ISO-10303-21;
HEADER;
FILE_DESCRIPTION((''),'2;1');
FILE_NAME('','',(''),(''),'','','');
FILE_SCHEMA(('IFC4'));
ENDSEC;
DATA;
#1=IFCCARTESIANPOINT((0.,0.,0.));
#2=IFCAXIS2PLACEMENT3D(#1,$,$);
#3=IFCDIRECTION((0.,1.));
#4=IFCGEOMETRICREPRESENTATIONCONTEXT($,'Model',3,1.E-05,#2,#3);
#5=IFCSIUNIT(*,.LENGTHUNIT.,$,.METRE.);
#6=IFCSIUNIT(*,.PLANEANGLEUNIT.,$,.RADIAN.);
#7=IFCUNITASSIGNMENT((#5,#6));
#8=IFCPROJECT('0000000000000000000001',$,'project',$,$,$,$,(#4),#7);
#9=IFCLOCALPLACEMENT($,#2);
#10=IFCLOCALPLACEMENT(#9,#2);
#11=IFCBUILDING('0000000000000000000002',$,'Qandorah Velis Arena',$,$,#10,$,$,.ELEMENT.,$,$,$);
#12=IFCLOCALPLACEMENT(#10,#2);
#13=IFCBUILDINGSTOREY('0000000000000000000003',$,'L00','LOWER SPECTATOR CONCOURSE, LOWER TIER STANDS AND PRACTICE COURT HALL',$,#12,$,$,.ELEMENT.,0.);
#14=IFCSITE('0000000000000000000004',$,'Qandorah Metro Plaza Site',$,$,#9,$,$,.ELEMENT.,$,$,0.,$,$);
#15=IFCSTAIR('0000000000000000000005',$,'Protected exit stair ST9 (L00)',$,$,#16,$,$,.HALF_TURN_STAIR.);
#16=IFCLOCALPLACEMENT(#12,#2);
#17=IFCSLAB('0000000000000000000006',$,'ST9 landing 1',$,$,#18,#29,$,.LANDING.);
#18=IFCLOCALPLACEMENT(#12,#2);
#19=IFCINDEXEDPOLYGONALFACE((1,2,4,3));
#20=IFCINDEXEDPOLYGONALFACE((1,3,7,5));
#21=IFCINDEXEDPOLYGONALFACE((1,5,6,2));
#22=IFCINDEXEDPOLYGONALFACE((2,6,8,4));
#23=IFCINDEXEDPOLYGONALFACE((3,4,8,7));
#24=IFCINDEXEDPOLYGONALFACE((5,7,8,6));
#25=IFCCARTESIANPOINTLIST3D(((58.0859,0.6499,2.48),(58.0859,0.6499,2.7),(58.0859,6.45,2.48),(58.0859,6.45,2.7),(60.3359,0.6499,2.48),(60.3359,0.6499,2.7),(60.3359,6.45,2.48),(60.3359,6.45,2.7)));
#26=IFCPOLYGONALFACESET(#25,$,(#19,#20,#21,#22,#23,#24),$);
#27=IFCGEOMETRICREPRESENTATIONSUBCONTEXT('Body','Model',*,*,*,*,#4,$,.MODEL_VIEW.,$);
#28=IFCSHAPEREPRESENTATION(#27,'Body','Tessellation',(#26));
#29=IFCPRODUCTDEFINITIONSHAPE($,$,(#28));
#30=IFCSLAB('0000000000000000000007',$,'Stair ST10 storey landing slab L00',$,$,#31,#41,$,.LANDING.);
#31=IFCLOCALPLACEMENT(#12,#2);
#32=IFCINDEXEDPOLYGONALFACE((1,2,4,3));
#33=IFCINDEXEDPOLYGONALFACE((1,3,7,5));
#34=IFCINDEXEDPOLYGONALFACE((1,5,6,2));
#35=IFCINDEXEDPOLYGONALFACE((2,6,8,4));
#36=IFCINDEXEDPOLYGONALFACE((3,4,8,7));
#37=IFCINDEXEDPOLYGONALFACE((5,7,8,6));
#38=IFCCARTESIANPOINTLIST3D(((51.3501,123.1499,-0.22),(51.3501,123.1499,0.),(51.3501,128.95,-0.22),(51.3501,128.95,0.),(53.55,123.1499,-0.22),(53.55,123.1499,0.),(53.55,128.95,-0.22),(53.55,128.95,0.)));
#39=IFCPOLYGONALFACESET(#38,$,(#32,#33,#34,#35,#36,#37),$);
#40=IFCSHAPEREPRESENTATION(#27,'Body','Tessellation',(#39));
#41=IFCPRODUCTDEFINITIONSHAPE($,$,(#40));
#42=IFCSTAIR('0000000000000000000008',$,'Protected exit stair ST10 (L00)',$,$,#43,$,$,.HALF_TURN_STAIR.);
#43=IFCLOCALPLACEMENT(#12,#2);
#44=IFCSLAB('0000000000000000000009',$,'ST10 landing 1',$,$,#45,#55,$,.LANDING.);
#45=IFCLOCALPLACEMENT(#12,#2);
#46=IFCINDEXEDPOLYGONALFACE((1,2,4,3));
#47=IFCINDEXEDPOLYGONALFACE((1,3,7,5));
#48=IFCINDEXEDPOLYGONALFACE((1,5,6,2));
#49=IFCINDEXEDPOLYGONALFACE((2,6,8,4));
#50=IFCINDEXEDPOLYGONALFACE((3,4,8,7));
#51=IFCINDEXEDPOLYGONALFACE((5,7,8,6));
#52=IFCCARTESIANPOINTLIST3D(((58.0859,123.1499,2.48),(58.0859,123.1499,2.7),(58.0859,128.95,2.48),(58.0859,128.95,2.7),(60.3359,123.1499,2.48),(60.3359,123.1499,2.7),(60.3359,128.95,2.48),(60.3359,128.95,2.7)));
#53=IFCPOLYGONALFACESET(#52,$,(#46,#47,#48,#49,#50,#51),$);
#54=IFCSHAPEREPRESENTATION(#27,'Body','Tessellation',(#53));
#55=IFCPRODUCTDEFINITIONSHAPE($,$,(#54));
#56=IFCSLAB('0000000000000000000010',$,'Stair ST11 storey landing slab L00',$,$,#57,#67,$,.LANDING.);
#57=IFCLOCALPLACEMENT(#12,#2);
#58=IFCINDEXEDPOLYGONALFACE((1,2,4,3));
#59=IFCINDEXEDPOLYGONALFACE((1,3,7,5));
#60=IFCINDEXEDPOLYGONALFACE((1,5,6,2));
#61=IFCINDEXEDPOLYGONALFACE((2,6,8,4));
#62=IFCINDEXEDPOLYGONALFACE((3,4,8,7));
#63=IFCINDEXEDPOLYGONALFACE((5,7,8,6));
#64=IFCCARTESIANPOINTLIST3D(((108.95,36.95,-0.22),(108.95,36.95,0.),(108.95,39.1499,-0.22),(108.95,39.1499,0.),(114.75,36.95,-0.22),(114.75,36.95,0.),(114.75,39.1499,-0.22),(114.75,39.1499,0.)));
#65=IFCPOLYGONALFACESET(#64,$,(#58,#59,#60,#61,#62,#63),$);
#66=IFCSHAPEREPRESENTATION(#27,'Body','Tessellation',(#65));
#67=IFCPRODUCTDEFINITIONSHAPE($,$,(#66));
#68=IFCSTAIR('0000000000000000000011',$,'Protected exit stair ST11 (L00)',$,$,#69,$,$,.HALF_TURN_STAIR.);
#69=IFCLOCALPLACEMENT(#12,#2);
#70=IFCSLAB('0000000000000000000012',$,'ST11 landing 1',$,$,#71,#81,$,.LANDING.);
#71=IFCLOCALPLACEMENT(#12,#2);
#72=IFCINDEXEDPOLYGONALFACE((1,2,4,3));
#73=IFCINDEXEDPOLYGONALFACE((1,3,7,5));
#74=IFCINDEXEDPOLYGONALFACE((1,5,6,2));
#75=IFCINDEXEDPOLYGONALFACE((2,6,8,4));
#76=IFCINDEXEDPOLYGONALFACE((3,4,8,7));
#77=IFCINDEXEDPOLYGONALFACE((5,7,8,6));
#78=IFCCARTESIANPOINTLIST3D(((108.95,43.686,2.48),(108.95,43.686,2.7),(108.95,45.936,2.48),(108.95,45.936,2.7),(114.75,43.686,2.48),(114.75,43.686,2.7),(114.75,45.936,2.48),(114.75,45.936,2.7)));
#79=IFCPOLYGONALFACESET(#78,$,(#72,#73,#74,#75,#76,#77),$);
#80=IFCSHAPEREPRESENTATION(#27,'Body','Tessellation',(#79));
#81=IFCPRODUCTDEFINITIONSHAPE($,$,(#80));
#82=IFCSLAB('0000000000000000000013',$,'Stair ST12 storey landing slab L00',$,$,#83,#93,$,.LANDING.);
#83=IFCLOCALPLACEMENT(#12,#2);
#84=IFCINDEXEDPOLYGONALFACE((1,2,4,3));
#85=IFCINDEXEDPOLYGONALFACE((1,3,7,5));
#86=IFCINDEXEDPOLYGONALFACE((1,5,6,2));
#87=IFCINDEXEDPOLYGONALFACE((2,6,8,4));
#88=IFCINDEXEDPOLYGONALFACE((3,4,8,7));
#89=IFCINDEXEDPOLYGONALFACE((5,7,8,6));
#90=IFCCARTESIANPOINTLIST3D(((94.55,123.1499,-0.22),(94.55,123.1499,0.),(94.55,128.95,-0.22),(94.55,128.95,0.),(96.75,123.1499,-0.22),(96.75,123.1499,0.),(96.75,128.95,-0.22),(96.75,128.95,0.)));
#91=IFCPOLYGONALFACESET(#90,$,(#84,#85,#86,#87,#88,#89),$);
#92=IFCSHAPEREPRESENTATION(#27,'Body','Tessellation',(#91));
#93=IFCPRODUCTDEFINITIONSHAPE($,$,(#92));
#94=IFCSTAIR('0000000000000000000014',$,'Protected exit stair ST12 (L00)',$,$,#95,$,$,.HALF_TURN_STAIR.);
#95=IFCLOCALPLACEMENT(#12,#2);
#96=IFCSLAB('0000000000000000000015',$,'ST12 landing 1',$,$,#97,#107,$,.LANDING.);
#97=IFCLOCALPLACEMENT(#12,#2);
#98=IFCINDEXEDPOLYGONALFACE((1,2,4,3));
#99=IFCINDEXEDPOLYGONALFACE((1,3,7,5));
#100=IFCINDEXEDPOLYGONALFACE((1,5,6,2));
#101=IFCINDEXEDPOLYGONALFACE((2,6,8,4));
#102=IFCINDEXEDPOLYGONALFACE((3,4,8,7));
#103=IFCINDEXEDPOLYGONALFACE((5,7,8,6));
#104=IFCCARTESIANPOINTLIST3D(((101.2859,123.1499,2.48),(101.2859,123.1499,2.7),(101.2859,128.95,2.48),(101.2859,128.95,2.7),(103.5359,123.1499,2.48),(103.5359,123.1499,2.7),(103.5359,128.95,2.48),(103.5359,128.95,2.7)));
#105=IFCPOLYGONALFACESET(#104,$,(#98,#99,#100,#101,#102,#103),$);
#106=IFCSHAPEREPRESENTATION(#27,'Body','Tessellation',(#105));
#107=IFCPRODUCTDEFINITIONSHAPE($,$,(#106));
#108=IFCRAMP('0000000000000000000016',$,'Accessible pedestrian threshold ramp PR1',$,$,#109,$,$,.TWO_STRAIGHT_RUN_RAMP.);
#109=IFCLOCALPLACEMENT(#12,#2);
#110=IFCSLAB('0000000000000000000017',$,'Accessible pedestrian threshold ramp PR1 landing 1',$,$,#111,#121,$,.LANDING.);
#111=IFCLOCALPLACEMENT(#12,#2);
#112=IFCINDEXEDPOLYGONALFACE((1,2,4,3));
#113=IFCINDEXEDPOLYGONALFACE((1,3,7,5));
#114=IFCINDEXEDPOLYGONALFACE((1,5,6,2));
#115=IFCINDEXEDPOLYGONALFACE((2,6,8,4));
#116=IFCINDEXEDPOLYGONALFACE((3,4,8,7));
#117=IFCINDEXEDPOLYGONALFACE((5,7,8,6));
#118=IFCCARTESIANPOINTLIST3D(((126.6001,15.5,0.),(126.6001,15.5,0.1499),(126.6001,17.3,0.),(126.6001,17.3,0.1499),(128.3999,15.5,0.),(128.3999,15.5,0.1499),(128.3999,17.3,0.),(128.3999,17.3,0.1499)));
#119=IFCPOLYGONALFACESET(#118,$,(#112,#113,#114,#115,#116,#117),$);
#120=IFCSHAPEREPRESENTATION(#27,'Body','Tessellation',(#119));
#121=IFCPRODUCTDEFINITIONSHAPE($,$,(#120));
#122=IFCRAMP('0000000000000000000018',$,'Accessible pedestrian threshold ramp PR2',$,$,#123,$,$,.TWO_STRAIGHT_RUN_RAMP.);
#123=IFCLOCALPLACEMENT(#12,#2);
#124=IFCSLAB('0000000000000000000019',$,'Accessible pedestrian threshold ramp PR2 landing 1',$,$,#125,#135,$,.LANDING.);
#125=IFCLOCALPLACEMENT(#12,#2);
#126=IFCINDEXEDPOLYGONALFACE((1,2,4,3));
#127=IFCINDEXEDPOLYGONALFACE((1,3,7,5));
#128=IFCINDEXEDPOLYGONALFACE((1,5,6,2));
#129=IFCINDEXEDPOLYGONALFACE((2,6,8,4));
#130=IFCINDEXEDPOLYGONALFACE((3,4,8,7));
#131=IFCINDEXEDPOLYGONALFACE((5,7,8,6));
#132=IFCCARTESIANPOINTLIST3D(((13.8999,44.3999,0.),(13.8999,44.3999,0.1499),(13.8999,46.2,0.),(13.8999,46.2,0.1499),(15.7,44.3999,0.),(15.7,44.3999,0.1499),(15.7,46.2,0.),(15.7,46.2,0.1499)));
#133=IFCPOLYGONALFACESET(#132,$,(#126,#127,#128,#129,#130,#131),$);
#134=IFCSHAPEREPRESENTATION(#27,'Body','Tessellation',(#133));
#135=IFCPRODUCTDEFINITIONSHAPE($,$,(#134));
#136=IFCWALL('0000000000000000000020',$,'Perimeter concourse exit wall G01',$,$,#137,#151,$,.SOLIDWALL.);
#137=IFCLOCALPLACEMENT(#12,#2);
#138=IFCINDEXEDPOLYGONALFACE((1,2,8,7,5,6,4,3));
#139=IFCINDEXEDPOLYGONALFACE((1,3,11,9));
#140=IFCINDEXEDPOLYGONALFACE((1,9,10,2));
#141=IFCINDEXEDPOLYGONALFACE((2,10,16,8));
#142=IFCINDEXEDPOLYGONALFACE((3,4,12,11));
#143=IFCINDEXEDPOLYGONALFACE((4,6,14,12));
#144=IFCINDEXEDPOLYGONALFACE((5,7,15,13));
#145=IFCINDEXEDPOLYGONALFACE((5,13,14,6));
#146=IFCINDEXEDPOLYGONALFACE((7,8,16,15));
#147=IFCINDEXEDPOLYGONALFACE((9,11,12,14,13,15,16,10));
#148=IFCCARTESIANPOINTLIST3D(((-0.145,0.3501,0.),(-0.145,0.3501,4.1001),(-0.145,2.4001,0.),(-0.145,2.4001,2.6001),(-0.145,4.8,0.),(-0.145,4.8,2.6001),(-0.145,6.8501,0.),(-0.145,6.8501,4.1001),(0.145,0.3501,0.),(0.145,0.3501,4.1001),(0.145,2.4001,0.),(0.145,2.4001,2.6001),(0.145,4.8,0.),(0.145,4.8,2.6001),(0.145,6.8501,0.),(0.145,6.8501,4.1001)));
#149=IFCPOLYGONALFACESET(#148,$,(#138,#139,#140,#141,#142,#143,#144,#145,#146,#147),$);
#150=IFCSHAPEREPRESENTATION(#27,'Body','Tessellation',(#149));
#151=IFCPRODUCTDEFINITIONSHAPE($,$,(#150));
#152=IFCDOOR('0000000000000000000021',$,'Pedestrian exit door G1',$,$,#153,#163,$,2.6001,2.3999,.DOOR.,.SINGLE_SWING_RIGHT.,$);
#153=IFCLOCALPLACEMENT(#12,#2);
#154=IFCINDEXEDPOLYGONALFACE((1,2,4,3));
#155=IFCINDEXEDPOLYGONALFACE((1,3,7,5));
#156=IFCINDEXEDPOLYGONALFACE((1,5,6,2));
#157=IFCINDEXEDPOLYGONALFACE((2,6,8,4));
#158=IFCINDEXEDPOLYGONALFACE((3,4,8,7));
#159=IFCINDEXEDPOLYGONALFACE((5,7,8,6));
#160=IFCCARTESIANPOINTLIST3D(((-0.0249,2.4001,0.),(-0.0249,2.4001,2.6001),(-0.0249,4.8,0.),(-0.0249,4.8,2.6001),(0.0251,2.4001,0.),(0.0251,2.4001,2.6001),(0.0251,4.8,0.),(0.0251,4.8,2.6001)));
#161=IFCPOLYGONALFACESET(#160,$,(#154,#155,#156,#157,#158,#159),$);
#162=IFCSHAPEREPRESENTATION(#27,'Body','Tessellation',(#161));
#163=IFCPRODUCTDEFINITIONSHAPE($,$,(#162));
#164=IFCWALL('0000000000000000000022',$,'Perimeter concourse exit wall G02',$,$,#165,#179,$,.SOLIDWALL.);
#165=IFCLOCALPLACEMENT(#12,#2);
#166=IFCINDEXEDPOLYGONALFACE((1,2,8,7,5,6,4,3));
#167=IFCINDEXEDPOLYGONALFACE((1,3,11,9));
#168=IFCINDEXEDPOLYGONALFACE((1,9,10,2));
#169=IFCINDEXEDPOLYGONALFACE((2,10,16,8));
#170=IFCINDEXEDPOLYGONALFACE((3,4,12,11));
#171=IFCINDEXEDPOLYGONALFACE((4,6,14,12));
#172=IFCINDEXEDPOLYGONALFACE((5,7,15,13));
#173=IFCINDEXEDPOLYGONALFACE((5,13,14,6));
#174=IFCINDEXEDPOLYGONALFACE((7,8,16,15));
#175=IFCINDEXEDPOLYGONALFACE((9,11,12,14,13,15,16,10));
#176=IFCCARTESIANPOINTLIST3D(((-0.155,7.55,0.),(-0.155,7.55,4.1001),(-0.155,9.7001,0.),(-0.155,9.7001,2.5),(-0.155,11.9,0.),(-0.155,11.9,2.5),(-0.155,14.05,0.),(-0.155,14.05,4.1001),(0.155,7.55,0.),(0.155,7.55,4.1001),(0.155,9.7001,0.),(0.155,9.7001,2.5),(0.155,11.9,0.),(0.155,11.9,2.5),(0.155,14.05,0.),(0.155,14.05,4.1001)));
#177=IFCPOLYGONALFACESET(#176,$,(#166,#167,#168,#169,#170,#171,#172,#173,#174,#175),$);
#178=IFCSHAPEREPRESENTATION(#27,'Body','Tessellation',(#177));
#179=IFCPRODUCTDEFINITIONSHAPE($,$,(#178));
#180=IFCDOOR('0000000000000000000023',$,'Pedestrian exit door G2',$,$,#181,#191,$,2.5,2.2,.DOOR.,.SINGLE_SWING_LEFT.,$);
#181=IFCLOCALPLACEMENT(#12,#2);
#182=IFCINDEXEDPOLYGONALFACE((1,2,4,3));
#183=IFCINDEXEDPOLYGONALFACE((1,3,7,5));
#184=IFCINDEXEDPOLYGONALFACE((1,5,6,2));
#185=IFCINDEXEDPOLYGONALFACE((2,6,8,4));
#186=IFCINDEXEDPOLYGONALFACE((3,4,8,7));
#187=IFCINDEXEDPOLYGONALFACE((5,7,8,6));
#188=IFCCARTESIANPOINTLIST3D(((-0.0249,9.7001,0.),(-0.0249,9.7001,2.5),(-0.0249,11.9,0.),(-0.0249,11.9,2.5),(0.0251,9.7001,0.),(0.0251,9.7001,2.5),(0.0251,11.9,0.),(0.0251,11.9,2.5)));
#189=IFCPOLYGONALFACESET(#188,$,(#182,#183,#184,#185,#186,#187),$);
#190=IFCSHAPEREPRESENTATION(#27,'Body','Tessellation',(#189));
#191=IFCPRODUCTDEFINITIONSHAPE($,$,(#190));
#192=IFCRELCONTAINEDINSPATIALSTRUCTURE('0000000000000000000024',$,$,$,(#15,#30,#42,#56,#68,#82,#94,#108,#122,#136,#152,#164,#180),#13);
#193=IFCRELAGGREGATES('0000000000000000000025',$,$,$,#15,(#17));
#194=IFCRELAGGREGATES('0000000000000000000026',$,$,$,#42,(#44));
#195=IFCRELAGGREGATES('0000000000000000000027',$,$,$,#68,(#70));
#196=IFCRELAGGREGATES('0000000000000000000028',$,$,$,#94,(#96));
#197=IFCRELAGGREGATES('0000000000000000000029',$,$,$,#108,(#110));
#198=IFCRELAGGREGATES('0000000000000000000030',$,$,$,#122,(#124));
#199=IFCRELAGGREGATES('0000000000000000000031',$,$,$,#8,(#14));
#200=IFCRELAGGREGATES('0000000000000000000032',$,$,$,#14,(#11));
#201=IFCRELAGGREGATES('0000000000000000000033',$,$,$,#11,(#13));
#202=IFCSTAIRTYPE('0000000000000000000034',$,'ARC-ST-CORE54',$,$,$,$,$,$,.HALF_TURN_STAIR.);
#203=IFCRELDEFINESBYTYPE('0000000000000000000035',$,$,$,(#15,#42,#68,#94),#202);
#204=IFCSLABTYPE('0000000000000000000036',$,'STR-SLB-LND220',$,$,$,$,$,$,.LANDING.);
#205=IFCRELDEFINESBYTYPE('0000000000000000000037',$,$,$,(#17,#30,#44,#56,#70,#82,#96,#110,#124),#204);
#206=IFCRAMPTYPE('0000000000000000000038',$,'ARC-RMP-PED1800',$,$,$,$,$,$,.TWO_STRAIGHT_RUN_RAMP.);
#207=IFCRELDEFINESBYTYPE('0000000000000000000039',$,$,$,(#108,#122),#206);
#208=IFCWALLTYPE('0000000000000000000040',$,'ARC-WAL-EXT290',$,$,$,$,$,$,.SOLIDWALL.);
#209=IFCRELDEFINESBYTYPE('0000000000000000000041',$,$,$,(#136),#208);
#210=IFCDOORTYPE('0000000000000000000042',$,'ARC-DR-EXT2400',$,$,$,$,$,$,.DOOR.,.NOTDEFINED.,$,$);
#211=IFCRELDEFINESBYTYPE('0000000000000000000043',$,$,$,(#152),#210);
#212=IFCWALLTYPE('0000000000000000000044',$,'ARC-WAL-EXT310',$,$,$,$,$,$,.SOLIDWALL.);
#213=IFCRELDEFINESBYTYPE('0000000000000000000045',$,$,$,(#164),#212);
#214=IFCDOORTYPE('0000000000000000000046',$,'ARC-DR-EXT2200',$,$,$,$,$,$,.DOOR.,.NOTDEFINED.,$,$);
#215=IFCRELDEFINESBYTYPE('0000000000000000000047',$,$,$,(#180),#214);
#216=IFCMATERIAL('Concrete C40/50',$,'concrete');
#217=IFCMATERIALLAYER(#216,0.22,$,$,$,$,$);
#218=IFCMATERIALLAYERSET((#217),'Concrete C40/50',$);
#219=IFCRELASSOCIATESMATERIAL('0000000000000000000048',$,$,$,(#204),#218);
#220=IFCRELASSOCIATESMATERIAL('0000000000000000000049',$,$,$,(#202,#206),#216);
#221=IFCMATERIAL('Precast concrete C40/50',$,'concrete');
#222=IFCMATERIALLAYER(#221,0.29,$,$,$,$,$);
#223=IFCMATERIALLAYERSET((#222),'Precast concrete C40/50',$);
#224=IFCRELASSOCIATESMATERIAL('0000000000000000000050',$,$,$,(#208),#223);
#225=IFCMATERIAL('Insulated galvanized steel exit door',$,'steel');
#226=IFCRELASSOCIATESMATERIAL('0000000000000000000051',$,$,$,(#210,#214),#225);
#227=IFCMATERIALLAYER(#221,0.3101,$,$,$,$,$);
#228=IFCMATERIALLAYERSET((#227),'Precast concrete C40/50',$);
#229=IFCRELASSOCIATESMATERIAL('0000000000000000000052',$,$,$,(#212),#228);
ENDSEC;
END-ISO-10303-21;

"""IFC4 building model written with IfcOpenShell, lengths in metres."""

from ifc_helpers import new_model, si_unit, direction, frame, frame_2d, origin, place, context, subcontext, project, spatial, polyline, rectangle, outline, extrude, material, layer, layer_set, type_object, element, fill, aggregate, save


model = new_model("IFC4")

# Units and contexts
model_context = context("Model", 3, precision=1e-05, world=origin(), true_north=direction((0.0, 1.0)))
body_context = subcontext(model_context, "Body", "Model", "MODEL_VIEW")
ifc_project = project(units=[si_unit("LENGTHUNIT", "METRE"), si_unit("PLANEANGLEUNIT", "RADIAN")], contexts=[model_context])

# Site, building, storey
site_placement = place(None, origin())
site = spatial("IfcSite", under=ifc_project, at=site_placement, Name="Qandorah Metro Plaza Site", CompositionType="ELEMENT", RefElevation=0.0)
building_placement = place(site_placement, origin())
building = spatial("IfcBuilding", under=site, at=building_placement, Name="Qandorah Velis Arena", CompositionType="ELEMENT")
storey_placement = place(building_placement, origin())
storey = spatial("IfcBuildingStorey", under=building, at=storey_placement, Name="L00", Description="LOWER SPECTATOR CONCOURSE, LOWER TIER STANDS AND PRACTICE COURT HALL", CompositionType="ELEMENT", Elevation=0.0)

# Shared definitions
ifc_material_1 = material(Name="Concrete C40/50", Category="concrete")

# Shared definitions
ifc_layer_1 = layer(ifc_material_1, 0.22)
ifc_layer_set_1 = layer_set([ifc_layer_1], Name="Concrete C40/50")
slab_type = type_object("IfcSlabType", Name="STR-SLB-LND220", PredefinedType="LANDING", material=ifc_layer_set_1)

# Shared definitions
stair_type = type_object("IfcStairType", Name="ARC-ST-CORE54", PredefinedType="HALF_TURN_STAIR", material=ifc_material_1)

# Stair, slab
stair_1_placement = place(storey_placement, origin())
stair_1 = element("IfcStair", 1, at=stair_1_placement, inside=storey, type_object=stair_type, Name="Protected exit stair ST9 (L00)", PredefinedType="HALF_TURN_STAIR")
slab_1_placement = place(storey_placement, frame((0.0, 0.0, 2.48)))
slab_1 = element("IfcSlab", 2, at=slab_1_placement, type_object=slab_type, Name="ST9 landing 1", PredefinedType="LANDING", context=body_context, shape_type="SweptSolid", body=[
    extrude(outline(polyline([(58.0859, 0.6499), (60.3359, 0.6499), (60.3359, 6.45), (58.0859, 6.45), (58.0859, 0.6499)])), origin(), (0.0, 0.0, 1.0), 0.22),
])
aggregate(stair_1, [slab_1])

# Slab
slab_2_placement = place(storey_placement, frame((0.0, 0.0, -0.22)))
element("IfcSlab", 3, at=slab_2_placement, inside=storey, type_object=slab_type, Name="Stair ST10 storey landing slab L00", PredefinedType="LANDING", context=body_context, shape_type="SweptSolid", body=[
    extrude(outline(polyline([(51.3501, 123.1499), (53.55, 123.1499), (53.55, 128.95), (51.3501, 128.95), (51.3501, 123.1499)])), origin(), (0.0, 0.0, 1.0), 0.22),
])

# Stair, slab
stair_2_placement = place(storey_placement, origin())
stair_2 = element("IfcStair", 4, at=stair_2_placement, inside=storey, type_object=stair_type, Name="Protected exit stair ST10 (L00)", PredefinedType="HALF_TURN_STAIR")
slab_3_placement = place(storey_placement, frame((0.0, 0.0, 2.48)))
slab_3 = element("IfcSlab", 5, at=slab_3_placement, type_object=slab_type, Name="ST10 landing 1", PredefinedType="LANDING", context=body_context, shape_type="SweptSolid", body=[
    extrude(outline(polyline([(58.0859, 123.1499), (60.3359, 123.1499), (60.3359, 128.95), (58.0859, 128.95), (58.0859, 123.1499)])), origin(), (0.0, 0.0, 1.0), 0.22),
])
aggregate(stair_2, [slab_3])

# Slab
slab_4_placement = place(storey_placement, frame((0.0, 0.0, -0.22)))
element("IfcSlab", 6, at=slab_4_placement, inside=storey, type_object=slab_type, Name="Stair ST11 storey landing slab L00", PredefinedType="LANDING", context=body_context, shape_type="SweptSolid", body=[
    extrude(outline(polyline([(108.95, 36.95), (114.75, 36.95), (114.75, 39.1499), (108.95, 39.1499), (108.95, 36.95)])), origin(), (0.0, 0.0, 1.0), 0.22),
])

# Stair, slab
stair_3_placement = place(storey_placement, origin())
stair_3 = element("IfcStair", 7, at=stair_3_placement, inside=storey, type_object=stair_type, Name="Protected exit stair ST11 (L00)", PredefinedType="HALF_TURN_STAIR")
slab_5_placement = place(storey_placement, frame((0.0, 0.0, 2.48)))
slab_5 = element("IfcSlab", 8, at=slab_5_placement, type_object=slab_type, Name="ST11 landing 1", PredefinedType="LANDING", context=body_context, shape_type="SweptSolid", body=[
    extrude(outline(polyline([(108.95, 43.686), (114.75, 43.686), (114.75, 45.936), (108.95, 45.936), (108.95, 43.686)])), origin(), (0.0, 0.0, 1.0), 0.22),
])
aggregate(stair_3, [slab_5])

# Slab
slab_6_placement = place(storey_placement, frame((0.0, 0.0, -0.22)))
element("IfcSlab", 9, at=slab_6_placement, inside=storey, type_object=slab_type, Name="Stair ST12 storey landing slab L00", PredefinedType="LANDING", context=body_context, shape_type="SweptSolid", body=[
    extrude(outline(polyline([(94.55, 123.1499), (96.75, 123.1499), (96.75, 128.95), (94.55, 128.95), (94.55, 123.1499)])), origin(), (0.0, 0.0, 1.0), 0.22),
])

# Stair, slab
stair_4_placement = place(storey_placement, origin())
stair_4 = element("IfcStair", 10, at=stair_4_placement, inside=storey, type_object=stair_type, Name="Protected exit stair ST12 (L00)", PredefinedType="HALF_TURN_STAIR")
slab_7_placement = place(storey_placement, frame((0.0, 0.0, 2.48)))
slab_7 = element("IfcSlab", 11, at=slab_7_placement, type_object=slab_type, Name="ST12 landing 1", PredefinedType="LANDING", context=body_context, shape_type="SweptSolid", body=[
    extrude(outline(polyline([(101.2859, 123.1499), (103.5359, 123.1499), (103.5359, 128.95), (101.2859, 128.95), (101.2859, 123.1499)])), origin(), (0.0, 0.0, 1.0), 0.22),
])
aggregate(stair_4, [slab_7])

# Ramps, slabs
ramp_type = type_object("IfcRampType", Name="ARC-RMP-PED1800", PredefinedType="TWO_STRAIGHT_RUN_RAMP", material=ifc_material_1)
ramp_1_placement = place(storey_placement, origin())
ramp_1 = element("IfcRamp", 12, at=ramp_1_placement, inside=storey, type_object=ramp_type, Name="Accessible pedestrian threshold ramp PR1", PredefinedType="TWO_STRAIGHT_RUN_RAMP")
slab_8_placement = place(storey_placement, origin())
slab_8 = element("IfcSlab", 13, at=slab_8_placement, type_object=slab_type, Name="Accessible pedestrian threshold ramp PR1 landing 1", PredefinedType="LANDING", context=body_context, shape_type="SweptSolid", body=[
    extrude(outline(polyline([(126.6001, 15.5), (128.3999, 15.5), (128.3999, 17.3), (126.6001, 17.3), (126.6001, 15.5)])), origin(), (0.0, 0.0, 1.0), 0.1499),
])
aggregate(ramp_1, [slab_8])
ramp_2_placement = place(storey_placement, origin())
ramp_2 = element("IfcRamp", 14, at=ramp_2_placement, inside=storey, type_object=ramp_type, Name="Accessible pedestrian threshold ramp PR2", PredefinedType="TWO_STRAIGHT_RUN_RAMP")
slab_9_placement = place(storey_placement, origin())
slab_9 = element("IfcSlab", 15, at=slab_9_placement, type_object=slab_type, Name="Accessible pedestrian threshold ramp PR2 landing 1", PredefinedType="LANDING", context=body_context, shape_type="SweptSolid", body=[
    extrude(outline(polyline([(13.8999, 44.3999), (15.7, 44.3999), (15.7, 46.2), (13.8999, 46.2), (13.8999, 44.3999)])), origin(), (0.0, 0.0, 1.0), 0.1499),
])
aggregate(ramp_2, [slab_9])

# Walls, openings, doors
ifc_material_2 = material(Name="Precast concrete C40/50", Category="concrete")
ifc_layer_2 = layer(ifc_material_2, 0.29)
ifc_layer_set_2 = layer_set([ifc_layer_2], Name="Precast concrete C40/50")
wall_type_1 = type_object("IfcWallType", Name="ARC-WAL-EXT290", PredefinedType="SOLIDWALL", material=ifc_layer_set_2)
wall_1_placement = place(storey_placement, frame((0.0, 0.3501, 0.0), z_axis=(0.0, 0.0, 1.0), x_axis=(0.0, 1.0, 0.0)))
wall_1 = element("IfcWall", 16, at=wall_1_placement, inside=storey, type_object=wall_type_1, Name="Perimeter concourse exit wall G01", PredefinedType="SOLIDWALL", context=body_context, shape_type="SweptSolid", body=[
    extrude(rectangle(XDim=6.5, YDim=0.29, at=frame_2d((3.25, 0.0))), origin(), (0.0, 0.0, 1.0), 4.1001),
])
opening_1_placement = place(wall_1_placement, frame((2.05, 0.0, 0.0)))
opening_1 = element("IfcOpeningElement", 17, at=opening_1_placement, cuts=wall_1, PredefinedType="OPENING", context=body_context, shape_type="SweptSolid", body=[
    extrude(rectangle(XDim=2.3999, YDim=2.6001, at=frame_2d((1.2, 1.3))), frame((0.0, 0.155, 0.0), z_axis=(0.0, -1.0, 0.0), x_axis=(1.0, 0.0, 0.0)), (0.0, 0.0, 1.0), 0.3101),
])
ifc_material_3 = material(Name="Insulated galvanized steel exit door", Category="steel")
door_type_1 = type_object("IfcDoorType", Name="ARC-DR-EXT2400", OperationType="NOTDEFINED", PredefinedType="DOOR", material=ifc_material_3)
door_1_placement = place(opening_1_placement, origin())
door_1 = element("IfcDoor", 18, at=door_1_placement, inside=storey, type_object=door_type_1, Name="Pedestrian exit door G1", OperationType="SINGLE_SWING_RIGHT", OverallHeight=2.6001, OverallWidth=2.3999, PredefinedType="DOOR", context=body_context, shape_type="SweptSolid", body=[
    extrude(rectangle(XDim=2.3999, YDim=2.6001, at=frame_2d((1.2, 1.3))), frame((0.0, 0.0249, 0.0), z_axis=(0.0, -1.0, 0.0), x_axis=(1.0, 0.0, 0.0)), (0.0, 0.0, 1.0), 0.05),
])
fill(opening_1, door_1)
ifc_layer_3 = layer(ifc_material_2, 0.3101)
ifc_layer_set_3 = layer_set([ifc_layer_3], Name="Precast concrete C40/50")
wall_type_2 = type_object("IfcWallType", Name="ARC-WAL-EXT310", PredefinedType="SOLIDWALL", material=ifc_layer_set_3)
wall_2_placement = place(storey_placement, frame((0.0, 7.55, 0.0), z_axis=(0.0, 0.0, 1.0), x_axis=(0.0, 1.0, 0.0)))
wall_2 = element("IfcWall", 19, at=wall_2_placement, inside=storey, type_object=wall_type_2, Name="Perimeter concourse exit wall G02", PredefinedType="SOLIDWALL", context=body_context, shape_type="SweptSolid", body=[
    extrude(rectangle(XDim=6.5, YDim=0.3101, at=frame_2d((3.25, 0.0))), origin(), (0.0, 0.0, 1.0), 4.1001),
])
opening_2_placement = place(wall_2_placement, frame((2.1499, 0.0, 0.0)))
opening_2 = element("IfcOpeningElement", 20, at=opening_2_placement, cuts=wall_2, PredefinedType="OPENING", context=body_context, shape_type="SweptSolid", body=[
    extrude(rectangle(XDim=2.2, YDim=2.5, at=frame_2d((1.1001, 1.25))), frame((0.0, 0.165, 0.0), z_axis=(0.0, -1.0, 0.0), x_axis=(1.0, 0.0, 0.0)), (0.0, 0.0, 1.0), 0.3301),
])
door_type_2 = type_object("IfcDoorType", Name="ARC-DR-EXT2200", OperationType="NOTDEFINED", PredefinedType="DOOR", material=ifc_material_3)
door_2_placement = place(opening_2_placement, origin())
door_2 = element("IfcDoor", 21, at=door_2_placement, inside=storey, type_object=door_type_2, Name="Pedestrian exit door G2", OperationType="SINGLE_SWING_LEFT", OverallHeight=2.5, OverallWidth=2.2, PredefinedType="DOOR", context=body_context, shape_type="SweptSolid", body=[
    extrude(rectangle(XDim=2.2, YDim=2.5, at=frame_2d((1.1001, 1.25))), frame((0.0, 0.0249, 0.0), z_axis=(0.0, -1.0, 0.0), x_axis=(1.0, 0.0, 0.0)), (0.0, 0.0, 1.0), 0.05),
])
fill(opening_2, door_2)

save(model, "model.ifc")
